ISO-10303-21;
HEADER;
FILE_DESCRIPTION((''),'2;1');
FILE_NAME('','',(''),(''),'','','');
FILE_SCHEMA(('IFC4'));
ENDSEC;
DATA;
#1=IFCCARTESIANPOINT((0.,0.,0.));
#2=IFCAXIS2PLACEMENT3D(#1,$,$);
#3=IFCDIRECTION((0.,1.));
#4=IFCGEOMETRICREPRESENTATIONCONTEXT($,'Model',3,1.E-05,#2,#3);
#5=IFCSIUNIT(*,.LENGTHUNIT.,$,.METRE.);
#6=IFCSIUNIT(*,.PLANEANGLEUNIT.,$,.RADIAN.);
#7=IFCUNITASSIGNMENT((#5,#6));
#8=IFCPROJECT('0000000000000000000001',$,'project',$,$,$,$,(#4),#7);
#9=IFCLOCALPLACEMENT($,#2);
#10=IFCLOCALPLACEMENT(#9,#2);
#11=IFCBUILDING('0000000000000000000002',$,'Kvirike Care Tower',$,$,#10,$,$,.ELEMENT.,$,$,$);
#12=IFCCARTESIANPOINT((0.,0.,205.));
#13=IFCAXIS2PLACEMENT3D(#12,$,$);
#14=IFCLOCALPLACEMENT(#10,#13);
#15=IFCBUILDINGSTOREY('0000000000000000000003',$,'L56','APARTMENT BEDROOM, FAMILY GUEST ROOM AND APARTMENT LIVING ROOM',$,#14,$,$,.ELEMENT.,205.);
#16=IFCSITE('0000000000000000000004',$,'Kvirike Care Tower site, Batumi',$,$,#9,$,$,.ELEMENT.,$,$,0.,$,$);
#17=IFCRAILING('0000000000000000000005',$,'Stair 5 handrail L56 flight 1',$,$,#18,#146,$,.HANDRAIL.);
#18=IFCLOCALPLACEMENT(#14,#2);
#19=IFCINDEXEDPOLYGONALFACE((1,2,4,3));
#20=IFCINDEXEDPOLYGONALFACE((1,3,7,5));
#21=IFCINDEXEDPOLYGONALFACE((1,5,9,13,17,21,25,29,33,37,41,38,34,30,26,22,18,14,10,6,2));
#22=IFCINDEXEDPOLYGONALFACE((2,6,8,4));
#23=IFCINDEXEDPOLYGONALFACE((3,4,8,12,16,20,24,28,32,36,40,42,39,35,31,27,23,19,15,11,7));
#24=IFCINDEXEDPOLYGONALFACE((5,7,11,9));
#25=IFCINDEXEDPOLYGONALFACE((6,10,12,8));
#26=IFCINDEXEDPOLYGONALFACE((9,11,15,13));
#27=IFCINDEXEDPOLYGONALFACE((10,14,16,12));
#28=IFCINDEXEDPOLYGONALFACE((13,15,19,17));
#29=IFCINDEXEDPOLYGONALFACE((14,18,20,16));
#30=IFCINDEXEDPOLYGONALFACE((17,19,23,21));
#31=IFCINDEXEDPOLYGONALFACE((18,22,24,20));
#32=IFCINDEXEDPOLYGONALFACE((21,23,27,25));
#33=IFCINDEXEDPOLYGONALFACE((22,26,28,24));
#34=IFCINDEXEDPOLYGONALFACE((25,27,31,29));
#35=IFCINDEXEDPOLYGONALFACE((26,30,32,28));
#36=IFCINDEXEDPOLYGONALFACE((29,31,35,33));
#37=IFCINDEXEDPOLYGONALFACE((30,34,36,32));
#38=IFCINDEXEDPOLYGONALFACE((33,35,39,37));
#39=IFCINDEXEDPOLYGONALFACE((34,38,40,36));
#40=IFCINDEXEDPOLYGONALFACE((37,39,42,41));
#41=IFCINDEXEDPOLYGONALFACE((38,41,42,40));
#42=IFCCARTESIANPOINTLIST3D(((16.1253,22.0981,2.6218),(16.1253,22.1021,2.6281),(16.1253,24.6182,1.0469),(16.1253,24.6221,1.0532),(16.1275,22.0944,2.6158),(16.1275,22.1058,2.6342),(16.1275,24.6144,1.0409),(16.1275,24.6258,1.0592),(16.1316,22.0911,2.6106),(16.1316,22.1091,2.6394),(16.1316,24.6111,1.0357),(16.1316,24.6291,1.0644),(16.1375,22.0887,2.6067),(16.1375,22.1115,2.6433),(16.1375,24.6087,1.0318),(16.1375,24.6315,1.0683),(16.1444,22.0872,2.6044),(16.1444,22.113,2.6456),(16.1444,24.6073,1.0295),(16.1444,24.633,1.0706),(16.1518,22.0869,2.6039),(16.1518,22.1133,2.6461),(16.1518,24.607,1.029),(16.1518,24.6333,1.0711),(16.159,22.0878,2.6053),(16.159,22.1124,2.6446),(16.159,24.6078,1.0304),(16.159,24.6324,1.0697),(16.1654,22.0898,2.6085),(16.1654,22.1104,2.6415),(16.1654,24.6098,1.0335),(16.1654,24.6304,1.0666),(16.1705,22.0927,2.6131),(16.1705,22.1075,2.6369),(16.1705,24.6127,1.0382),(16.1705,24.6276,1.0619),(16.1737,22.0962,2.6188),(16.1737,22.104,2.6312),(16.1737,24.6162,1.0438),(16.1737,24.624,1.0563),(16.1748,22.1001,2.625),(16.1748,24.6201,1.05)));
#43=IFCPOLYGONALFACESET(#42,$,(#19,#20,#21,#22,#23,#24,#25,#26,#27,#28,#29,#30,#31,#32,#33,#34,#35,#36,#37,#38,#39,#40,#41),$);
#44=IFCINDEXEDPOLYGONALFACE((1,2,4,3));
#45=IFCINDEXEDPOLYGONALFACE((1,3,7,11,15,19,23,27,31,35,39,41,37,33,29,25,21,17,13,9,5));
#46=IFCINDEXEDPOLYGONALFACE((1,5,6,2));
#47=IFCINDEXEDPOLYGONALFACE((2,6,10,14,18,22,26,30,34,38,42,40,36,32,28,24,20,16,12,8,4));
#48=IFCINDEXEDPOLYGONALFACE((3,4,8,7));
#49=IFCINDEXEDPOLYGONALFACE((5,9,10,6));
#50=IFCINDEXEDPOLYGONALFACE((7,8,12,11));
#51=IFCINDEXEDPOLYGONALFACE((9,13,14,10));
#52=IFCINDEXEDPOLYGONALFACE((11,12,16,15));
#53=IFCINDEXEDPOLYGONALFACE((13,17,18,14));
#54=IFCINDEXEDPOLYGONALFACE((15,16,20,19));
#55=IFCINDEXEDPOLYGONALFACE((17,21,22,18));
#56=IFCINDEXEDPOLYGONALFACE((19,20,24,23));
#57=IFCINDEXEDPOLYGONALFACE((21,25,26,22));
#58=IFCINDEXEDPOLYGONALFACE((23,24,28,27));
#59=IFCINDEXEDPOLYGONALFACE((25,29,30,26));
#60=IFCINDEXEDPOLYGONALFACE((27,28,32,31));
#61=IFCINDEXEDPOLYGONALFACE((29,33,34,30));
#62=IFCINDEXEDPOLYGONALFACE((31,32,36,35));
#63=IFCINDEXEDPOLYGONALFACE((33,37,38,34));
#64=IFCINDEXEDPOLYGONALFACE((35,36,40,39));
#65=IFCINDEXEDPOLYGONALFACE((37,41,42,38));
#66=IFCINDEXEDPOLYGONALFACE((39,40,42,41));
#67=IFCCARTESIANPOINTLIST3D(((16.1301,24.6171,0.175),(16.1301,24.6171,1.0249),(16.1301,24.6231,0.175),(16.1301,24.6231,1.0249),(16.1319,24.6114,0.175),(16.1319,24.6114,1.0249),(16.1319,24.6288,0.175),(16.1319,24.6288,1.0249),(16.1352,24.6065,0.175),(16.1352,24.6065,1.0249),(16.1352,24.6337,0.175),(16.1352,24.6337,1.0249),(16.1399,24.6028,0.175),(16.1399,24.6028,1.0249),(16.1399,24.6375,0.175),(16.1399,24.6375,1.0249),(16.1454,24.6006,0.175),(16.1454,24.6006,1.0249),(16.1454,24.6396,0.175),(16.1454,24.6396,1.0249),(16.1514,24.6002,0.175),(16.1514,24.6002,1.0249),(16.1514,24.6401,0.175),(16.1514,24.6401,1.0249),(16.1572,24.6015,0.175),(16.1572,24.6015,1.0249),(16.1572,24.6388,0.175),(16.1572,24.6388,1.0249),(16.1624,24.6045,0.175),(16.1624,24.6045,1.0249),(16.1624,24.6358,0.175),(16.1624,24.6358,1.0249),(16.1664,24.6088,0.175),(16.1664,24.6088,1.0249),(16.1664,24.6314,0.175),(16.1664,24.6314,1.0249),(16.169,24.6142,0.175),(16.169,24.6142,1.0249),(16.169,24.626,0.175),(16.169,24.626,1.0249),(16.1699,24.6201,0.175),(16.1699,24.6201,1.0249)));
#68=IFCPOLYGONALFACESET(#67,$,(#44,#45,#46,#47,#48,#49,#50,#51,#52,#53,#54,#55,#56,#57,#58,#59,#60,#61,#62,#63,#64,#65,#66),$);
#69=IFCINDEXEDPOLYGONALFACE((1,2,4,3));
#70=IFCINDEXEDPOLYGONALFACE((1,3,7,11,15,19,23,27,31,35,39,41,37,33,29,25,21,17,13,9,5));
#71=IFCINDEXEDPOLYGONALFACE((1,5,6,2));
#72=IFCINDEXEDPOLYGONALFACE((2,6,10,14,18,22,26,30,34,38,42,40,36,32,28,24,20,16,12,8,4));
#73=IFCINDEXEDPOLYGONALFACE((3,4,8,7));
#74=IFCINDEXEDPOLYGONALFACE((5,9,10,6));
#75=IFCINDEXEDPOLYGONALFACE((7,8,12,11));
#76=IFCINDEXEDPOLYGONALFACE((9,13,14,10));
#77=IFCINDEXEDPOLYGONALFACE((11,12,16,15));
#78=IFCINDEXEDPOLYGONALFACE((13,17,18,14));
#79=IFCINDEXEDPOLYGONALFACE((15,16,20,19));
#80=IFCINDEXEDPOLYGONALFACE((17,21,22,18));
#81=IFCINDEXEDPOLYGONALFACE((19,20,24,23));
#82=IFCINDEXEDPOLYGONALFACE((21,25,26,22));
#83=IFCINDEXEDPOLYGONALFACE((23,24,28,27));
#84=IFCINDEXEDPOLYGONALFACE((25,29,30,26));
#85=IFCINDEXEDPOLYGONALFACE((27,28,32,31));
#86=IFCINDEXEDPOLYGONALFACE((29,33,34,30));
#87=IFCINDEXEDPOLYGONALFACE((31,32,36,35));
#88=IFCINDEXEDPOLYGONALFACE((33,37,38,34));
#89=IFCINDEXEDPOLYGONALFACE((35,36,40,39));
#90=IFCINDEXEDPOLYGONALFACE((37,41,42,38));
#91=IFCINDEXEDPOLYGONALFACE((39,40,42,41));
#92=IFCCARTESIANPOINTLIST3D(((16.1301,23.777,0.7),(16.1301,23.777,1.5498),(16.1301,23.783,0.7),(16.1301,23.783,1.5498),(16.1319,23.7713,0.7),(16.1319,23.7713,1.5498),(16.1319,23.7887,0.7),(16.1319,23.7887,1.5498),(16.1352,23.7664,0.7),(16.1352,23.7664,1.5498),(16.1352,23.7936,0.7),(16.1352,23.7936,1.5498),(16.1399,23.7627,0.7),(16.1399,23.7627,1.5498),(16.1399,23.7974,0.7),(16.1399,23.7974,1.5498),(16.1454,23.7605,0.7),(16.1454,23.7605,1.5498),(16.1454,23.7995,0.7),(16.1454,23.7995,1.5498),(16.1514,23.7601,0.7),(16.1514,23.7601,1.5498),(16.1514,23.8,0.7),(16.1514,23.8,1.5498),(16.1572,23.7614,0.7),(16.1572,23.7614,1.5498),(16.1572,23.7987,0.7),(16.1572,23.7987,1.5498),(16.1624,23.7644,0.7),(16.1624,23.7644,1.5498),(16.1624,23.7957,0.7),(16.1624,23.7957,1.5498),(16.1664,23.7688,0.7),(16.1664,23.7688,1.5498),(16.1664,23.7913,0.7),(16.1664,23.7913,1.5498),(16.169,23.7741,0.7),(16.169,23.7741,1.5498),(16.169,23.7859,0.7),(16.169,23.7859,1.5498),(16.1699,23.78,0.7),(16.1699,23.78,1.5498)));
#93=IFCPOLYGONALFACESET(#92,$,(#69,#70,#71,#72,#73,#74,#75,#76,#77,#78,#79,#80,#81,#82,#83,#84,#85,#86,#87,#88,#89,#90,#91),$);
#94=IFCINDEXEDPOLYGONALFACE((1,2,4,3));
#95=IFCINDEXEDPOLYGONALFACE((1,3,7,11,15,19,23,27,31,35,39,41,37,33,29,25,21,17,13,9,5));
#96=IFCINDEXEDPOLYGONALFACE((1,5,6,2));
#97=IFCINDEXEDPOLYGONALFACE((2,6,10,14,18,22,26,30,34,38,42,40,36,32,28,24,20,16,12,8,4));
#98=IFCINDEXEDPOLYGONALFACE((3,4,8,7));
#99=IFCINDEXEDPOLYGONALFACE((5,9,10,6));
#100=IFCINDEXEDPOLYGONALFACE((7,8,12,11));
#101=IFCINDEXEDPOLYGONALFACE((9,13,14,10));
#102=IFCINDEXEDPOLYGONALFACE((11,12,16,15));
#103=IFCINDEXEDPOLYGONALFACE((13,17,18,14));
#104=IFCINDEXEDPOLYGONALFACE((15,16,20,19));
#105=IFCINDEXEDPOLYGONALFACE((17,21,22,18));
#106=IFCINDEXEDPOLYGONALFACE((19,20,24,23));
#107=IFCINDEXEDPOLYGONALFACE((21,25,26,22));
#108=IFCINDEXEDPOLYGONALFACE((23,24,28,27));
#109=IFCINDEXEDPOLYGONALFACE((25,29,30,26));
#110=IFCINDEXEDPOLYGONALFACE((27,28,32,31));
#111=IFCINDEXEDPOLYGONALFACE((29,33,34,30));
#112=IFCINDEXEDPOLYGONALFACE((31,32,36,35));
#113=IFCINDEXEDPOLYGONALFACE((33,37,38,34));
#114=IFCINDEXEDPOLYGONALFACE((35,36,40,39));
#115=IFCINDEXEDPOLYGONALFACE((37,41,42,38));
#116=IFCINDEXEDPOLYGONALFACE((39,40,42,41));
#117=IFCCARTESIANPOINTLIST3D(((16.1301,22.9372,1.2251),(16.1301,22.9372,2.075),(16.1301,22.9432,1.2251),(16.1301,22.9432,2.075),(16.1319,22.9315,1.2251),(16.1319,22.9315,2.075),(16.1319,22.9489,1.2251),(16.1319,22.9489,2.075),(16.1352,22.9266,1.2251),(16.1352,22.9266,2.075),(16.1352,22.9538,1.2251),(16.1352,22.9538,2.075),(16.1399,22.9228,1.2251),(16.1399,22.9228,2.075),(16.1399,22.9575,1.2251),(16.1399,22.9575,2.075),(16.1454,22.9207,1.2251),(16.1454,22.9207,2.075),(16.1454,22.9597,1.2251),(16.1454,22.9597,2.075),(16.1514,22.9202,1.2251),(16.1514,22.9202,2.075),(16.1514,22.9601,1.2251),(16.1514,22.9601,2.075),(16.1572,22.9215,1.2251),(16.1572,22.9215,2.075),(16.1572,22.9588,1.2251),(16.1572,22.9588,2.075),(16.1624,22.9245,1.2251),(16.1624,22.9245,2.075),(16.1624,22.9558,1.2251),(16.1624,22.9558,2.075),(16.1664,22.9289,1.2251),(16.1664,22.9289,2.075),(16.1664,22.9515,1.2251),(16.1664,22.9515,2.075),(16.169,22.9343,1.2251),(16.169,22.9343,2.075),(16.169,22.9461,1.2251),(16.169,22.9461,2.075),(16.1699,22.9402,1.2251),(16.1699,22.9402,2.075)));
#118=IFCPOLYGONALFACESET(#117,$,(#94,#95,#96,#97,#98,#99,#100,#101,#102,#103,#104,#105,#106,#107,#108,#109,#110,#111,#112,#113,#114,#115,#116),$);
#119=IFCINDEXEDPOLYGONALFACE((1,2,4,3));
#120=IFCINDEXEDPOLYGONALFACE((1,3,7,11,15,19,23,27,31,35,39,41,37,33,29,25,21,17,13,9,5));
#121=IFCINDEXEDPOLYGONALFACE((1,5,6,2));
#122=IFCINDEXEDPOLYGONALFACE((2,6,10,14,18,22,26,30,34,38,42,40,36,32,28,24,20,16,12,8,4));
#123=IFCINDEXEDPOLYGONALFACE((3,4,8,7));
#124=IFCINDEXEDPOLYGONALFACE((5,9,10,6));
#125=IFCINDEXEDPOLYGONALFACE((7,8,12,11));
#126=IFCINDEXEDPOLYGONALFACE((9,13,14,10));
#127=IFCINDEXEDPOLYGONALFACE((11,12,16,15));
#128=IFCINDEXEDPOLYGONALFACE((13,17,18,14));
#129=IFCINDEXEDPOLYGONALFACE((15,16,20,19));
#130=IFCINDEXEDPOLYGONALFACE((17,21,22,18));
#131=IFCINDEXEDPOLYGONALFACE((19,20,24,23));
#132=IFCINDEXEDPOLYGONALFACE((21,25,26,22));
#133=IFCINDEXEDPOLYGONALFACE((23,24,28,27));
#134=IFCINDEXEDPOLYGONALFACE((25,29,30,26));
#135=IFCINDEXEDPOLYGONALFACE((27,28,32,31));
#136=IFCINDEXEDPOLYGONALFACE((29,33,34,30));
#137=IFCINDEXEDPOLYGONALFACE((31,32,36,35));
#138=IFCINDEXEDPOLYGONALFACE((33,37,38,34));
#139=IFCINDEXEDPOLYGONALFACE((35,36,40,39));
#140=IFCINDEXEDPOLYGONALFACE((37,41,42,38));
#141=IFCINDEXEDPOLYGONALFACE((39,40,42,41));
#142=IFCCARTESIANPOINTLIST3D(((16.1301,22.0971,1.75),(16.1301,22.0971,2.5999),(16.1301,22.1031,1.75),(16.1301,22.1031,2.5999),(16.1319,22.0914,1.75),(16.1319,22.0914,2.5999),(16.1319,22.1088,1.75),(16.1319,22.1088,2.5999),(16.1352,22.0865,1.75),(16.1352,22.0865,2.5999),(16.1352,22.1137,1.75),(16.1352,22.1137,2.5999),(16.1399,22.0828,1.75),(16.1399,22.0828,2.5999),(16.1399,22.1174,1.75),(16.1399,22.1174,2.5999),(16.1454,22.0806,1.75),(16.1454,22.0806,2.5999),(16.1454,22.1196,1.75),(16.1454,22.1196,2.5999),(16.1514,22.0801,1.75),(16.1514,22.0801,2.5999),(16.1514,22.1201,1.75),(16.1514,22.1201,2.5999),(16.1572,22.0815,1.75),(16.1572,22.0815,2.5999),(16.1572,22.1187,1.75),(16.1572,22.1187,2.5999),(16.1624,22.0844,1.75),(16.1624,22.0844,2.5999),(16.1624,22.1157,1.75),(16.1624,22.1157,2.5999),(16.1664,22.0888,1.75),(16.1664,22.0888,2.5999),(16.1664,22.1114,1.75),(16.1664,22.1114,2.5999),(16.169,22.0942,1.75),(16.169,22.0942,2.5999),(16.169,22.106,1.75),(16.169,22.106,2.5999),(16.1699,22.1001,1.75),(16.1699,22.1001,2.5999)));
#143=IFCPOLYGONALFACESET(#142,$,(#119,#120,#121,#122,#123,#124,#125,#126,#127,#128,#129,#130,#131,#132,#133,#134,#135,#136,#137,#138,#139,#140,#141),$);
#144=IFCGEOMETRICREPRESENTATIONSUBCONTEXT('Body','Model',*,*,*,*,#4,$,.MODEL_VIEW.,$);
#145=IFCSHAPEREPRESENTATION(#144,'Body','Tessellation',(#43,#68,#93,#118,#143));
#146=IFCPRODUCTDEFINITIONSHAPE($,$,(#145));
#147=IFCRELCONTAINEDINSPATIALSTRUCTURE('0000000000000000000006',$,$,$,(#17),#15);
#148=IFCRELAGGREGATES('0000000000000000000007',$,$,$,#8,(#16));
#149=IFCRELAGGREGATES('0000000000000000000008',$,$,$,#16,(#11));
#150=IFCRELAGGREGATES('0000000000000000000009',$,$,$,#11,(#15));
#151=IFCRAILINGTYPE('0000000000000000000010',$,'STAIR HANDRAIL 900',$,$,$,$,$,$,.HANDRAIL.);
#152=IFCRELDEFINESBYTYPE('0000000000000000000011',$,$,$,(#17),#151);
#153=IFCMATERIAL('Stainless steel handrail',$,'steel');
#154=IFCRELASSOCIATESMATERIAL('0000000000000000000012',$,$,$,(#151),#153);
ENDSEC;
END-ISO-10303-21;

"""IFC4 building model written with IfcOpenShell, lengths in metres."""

from ifc_helpers import new_model, si_unit, direction, frame, origin, origin_2d, place, context, subcontext, project, spatial, circle, extrude, material, type_object, element, save


model = new_model("IFC4")

# Units and contexts
model_context = context("Model", 3, precision=1e-05, world=origin(), true_north=direction((0.0, 1.0)))
body_context = subcontext(model_context, "Body", "Model", "MODEL_VIEW")
ifc_project = project(units=[si_unit("LENGTHUNIT", "METRE"), si_unit("PLANEANGLEUNIT", "RADIAN")], contexts=[model_context])

# Site, building, storey
site_placement = place(None, origin())
site = spatial("IfcSite", under=ifc_project, at=site_placement, Name="Kvirike Care Tower site, Batumi", CompositionType="ELEMENT", RefElevation=0.0)
building_placement = place(site_placement, origin())
building = spatial("IfcBuilding", under=site, at=building_placement, Name="Kvirike Care Tower", CompositionType="ELEMENT")
storey_placement = place(building_placement, frame((0.0, 0.0, 205.0)))
storey = spatial("IfcBuildingStorey", under=building, at=storey_placement, Name="L56", Description="APARTMENT BEDROOM, FAMILY GUEST ROOM AND APARTMENT LIVING ROOM", CompositionType="ELEMENT", Elevation=205.0)

# Railing
ifc_material_1 = material(Name="Stainless steel handrail", Category="steel")
railing_type = type_object("IfcRailingType", Name="STAIR HANDRAIL 900", PredefinedType="HANDRAIL", material=ifc_material_1)
railing_placement = place(storey_placement, frame((16.1499, 24.6201, 0.175)))
element("IfcRailing", 1, at=railing_placement, inside=storey, type_object=railing_type, Name="Stair 5 handrail L56 flight 1", PredefinedType="HANDRAIL", context=body_context, shape_type="SweptSolid", body=[
    extrude(circle(Radius=0.0249, at=origin_2d()), frame((0.0, 0.0, 0.875), z_axis=(0.0, -0.848008, 0.529984), x_axis=(1.0, 0.0, 0.0)), (0.0, 0.0, 1.0), 2.9717),
    extrude(circle(Radius=0.02, at=origin_2d()), origin(), (0.0, 0.0, 1.0), 0.8499),
    extrude(circle(Radius=0.02, at=origin_2d()), frame((0.0, -0.8401, 0.5249)), (0.0, 0.0, 1.0), 0.8499),
    extrude(circle(Radius=0.02, at=origin_2d()), frame((0.0, -1.6799, 1.05)), (0.0, 0.0, 1.0), 0.8499),
    extrude(circle(Radius=0.02, at=origin_2d()), frame((0.0, -2.52, 1.575)), (0.0, 0.0, 1.0), 0.8499),
])

save(model, "model.ifc")
